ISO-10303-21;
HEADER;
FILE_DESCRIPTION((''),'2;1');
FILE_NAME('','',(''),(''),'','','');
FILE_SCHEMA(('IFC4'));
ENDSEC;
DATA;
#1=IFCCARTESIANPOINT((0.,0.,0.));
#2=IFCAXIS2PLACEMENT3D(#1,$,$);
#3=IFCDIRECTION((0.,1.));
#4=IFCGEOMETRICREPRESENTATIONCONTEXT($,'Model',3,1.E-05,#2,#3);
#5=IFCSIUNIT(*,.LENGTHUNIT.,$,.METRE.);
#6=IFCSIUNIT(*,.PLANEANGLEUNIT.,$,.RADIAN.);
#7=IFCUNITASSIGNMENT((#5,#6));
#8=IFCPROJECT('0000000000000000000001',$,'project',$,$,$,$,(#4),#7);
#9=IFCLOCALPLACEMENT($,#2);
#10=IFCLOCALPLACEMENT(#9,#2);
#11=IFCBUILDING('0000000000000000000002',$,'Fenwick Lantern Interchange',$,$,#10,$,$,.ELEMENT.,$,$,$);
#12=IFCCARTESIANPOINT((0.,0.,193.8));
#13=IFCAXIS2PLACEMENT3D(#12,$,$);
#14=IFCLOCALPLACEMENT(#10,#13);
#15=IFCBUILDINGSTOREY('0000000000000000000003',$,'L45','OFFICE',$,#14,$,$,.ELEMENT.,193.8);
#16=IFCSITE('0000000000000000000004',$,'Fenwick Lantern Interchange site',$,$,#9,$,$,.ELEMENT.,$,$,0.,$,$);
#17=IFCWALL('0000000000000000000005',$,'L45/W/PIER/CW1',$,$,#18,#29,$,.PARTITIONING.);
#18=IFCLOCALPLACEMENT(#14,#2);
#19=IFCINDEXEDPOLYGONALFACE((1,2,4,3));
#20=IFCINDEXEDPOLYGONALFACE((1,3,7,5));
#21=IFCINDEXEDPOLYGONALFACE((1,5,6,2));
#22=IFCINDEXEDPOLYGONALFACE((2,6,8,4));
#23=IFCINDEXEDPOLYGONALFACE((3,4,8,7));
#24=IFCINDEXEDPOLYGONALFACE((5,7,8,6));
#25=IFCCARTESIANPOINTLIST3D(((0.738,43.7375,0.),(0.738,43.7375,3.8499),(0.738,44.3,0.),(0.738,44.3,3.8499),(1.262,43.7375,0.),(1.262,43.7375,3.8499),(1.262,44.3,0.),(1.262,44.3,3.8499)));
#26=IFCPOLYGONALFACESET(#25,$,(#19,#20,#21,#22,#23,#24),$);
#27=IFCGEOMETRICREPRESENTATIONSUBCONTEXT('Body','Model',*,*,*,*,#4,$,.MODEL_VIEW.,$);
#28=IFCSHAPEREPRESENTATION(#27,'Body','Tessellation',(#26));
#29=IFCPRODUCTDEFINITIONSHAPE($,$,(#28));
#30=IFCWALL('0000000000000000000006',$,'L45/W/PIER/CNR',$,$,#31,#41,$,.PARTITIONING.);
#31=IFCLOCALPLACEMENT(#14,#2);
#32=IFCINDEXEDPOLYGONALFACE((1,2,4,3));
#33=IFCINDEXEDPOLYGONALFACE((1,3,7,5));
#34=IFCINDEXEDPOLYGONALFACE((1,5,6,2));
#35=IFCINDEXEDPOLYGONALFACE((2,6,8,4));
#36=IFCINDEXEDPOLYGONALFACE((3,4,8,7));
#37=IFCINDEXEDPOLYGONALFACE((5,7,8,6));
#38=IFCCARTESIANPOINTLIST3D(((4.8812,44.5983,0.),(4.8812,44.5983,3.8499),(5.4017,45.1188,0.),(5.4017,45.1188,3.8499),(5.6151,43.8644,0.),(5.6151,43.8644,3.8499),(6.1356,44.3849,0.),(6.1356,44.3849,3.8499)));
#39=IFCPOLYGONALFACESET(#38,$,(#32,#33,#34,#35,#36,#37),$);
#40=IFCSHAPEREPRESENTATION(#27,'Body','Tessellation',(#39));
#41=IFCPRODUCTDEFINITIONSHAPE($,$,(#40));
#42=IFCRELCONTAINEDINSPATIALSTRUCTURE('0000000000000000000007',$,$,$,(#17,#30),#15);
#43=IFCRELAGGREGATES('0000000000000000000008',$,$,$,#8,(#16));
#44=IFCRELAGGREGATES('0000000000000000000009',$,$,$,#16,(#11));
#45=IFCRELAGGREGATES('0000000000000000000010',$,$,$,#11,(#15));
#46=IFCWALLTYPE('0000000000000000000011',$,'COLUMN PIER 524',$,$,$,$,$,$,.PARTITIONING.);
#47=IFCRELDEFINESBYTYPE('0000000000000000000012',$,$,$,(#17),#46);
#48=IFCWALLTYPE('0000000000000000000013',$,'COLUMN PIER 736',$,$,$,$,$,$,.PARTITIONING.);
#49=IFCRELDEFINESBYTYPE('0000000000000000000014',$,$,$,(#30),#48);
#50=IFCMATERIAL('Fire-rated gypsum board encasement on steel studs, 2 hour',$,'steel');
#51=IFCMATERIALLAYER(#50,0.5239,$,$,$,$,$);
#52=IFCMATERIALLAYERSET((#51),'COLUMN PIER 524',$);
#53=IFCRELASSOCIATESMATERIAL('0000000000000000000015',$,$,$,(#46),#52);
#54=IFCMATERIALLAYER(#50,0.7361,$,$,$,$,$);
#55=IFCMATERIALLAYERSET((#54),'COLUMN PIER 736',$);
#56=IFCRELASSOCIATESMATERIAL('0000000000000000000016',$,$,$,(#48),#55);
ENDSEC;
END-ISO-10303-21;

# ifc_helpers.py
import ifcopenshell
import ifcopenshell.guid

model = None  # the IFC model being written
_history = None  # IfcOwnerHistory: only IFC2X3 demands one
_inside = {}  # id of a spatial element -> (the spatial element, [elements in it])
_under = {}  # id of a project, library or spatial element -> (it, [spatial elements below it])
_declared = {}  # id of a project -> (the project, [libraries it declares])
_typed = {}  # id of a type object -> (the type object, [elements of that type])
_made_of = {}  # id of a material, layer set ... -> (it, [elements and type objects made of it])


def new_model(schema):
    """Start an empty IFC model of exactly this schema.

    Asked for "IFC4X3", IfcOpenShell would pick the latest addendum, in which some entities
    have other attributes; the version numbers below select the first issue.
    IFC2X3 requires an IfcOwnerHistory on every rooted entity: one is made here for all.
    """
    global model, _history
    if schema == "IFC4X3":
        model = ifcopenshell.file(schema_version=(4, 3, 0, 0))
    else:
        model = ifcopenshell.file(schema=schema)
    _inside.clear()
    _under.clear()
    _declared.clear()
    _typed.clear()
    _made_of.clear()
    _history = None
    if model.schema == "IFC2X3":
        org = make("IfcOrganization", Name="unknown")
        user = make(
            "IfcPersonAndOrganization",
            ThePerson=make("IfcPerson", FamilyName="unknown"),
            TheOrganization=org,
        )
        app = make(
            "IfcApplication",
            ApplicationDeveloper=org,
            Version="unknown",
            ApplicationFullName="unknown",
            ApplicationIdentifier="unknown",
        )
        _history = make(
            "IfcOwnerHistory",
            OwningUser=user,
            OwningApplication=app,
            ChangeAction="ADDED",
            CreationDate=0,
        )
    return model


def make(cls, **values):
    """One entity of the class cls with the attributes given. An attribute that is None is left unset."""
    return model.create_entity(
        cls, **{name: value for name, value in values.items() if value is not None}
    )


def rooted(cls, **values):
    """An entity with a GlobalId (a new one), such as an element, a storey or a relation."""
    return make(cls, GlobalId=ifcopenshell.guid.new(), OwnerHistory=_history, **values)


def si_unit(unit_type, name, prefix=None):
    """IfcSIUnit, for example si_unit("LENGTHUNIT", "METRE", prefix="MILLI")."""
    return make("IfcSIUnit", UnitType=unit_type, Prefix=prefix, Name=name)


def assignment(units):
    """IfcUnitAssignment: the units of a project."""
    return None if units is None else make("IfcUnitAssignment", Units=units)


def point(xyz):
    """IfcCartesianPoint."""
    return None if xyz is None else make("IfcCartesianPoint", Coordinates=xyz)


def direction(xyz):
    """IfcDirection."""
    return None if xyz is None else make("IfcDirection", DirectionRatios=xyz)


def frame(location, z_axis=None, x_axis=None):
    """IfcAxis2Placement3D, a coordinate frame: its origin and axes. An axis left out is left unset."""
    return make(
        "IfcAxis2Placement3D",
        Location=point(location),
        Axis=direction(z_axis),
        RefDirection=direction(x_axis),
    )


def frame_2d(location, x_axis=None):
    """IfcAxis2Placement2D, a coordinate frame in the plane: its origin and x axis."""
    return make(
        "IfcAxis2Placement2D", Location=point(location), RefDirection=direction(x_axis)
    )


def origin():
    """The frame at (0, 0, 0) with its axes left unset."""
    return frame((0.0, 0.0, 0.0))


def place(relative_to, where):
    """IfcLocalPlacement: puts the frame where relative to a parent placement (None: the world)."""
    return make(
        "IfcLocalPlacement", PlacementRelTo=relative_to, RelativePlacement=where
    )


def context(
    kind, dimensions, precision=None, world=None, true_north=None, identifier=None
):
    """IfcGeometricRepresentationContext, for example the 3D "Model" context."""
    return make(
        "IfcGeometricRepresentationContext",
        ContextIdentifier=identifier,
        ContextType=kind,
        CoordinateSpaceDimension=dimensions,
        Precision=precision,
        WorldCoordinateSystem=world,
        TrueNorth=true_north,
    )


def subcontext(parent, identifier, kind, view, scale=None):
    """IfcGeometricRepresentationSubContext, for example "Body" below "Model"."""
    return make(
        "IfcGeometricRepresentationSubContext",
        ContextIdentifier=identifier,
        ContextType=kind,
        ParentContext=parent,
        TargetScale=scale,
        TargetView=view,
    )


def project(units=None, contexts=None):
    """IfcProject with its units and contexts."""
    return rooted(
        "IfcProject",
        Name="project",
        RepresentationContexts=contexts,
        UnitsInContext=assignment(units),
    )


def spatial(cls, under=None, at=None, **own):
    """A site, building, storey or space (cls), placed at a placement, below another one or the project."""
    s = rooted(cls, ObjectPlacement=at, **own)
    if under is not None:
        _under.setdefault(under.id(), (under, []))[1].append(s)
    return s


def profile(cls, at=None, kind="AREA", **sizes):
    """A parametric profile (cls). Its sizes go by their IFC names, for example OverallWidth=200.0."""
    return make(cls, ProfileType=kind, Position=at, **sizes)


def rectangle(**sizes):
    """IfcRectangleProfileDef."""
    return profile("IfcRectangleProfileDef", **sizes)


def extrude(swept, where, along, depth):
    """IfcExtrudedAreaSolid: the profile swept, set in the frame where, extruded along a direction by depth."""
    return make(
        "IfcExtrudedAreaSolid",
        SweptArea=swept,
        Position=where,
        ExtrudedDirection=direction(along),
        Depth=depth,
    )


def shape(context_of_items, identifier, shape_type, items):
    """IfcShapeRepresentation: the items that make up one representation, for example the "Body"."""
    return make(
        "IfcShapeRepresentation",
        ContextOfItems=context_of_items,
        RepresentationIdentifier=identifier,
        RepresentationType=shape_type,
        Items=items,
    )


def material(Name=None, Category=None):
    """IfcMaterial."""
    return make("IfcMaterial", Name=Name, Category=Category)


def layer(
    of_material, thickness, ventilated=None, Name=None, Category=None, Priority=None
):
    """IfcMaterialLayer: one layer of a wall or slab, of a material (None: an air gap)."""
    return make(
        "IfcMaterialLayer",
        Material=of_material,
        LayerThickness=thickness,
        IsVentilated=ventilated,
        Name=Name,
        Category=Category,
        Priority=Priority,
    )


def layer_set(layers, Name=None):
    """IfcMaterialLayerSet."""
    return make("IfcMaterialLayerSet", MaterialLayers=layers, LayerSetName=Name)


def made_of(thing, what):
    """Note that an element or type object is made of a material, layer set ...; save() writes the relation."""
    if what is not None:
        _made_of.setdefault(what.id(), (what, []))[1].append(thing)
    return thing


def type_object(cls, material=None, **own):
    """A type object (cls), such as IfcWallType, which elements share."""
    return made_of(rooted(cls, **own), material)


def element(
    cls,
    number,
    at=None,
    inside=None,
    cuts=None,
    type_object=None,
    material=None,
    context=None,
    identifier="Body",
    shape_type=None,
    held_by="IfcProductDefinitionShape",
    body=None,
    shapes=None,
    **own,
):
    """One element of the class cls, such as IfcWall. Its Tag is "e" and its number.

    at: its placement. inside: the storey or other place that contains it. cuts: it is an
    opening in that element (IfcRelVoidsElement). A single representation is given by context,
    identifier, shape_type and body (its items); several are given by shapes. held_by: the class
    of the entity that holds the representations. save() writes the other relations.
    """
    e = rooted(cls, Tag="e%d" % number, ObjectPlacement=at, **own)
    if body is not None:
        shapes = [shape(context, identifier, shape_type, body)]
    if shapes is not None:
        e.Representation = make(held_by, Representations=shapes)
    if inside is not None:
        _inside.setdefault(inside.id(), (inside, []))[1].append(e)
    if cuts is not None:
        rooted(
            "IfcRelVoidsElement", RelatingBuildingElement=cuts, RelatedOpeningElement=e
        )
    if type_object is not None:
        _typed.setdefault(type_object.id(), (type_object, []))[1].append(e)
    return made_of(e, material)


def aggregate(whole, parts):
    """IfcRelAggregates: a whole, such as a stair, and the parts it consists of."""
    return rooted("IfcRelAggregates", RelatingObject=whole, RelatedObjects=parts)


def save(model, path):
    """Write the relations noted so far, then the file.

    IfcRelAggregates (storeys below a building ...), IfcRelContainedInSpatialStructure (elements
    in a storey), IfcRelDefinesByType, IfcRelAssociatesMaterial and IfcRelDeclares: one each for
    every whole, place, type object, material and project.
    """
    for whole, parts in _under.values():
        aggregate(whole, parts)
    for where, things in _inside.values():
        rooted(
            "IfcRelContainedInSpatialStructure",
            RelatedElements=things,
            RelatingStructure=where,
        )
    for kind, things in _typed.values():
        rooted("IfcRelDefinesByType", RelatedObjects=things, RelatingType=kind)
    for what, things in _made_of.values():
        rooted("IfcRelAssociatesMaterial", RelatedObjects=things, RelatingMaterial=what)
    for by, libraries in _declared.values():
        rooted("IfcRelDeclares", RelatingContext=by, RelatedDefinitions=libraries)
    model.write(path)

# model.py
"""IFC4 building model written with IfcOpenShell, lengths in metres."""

from ifc_helpers import new_model, si_unit, direction, frame, frame_2d, origin, place, context, subcontext, project, spatial, rectangle, extrude, material, layer, layer_set, type_object, element, save


model = new_model("IFC4")

# Units and contexts
model_context = context("Model", 3, precision=1e-05, world=origin(), true_north=direction((0.0, 1.0)))
body_context = subcontext(model_context, "Body", "Model", "MODEL_VIEW")
ifc_project = project(units=[si_unit("LENGTHUNIT", "METRE"), si_unit("PLANEANGLEUNIT", "RADIAN")], contexts=[model_context])

# Site, building, storey
site_placement = place(None, origin())
site = spatial("IfcSite", under=ifc_project, at=site_placement, Name="Fenwick Lantern Interchange site", CompositionType="ELEMENT", RefElevation=0.0)
building_placement = place(site_placement, origin())
building = spatial("IfcBuilding", under=site, at=building_placement, Name="Fenwick Lantern Interchange", CompositionType="ELEMENT")
storey_placement = place(building_placement, frame((0.0, 0.0, 193.8)))
storey = spatial("IfcBuildingStorey", under=building, at=storey_placement, Name="L45", Description="OFFICE", CompositionType="ELEMENT", Elevation=193.8)

# Walls
ifc_material_1 = material(Name="Fire-rated gypsum board encasement on steel studs, 2 hour", Category="steel")
ifc_layer_1 = layer(ifc_material_1, 0.5239)
ifc_layer_set_1 = layer_set([ifc_layer_1], Name="COLUMN PIER 524")
wall_type_1 = type_object("IfcWallType", Name="COLUMN PIER 524", PredefinedType="PARTITIONING", material=ifc_layer_set_1)
wall_1_placement = place(storey_placement, frame((1.0, 44.3, 0.0), z_axis=(0.0, 0.0, 1.0), x_axis=(0.0, -1.0, 0.0)))
element("IfcWall", 1, at=wall_1_placement, inside=storey, type_object=wall_type_1, Name="L45/W/PIER/CW1", PredefinedType="PARTITIONING", context=body_context, shape_type="SweptSolid", body=[
    extrude(rectangle(XDim=0.5625, YDim=0.5239, at=frame_2d((0.2812, 0.0))), origin(), (0.0, 0.0, 1.0), 3.8499),
])
ifc_layer_2 = layer(ifc_material_1, 0.7361)
ifc_layer_set_2 = layer_set([ifc_layer_2], Name="COLUMN PIER 736")
wall_type_2 = type_object("IfcWallType", Name="COLUMN PIER 736", PredefinedType="PARTITIONING", material=ifc_layer_set_2)
wall_2_placement = place(storey_placement, frame((5.1414, 44.8586, 0.0), z_axis=(0.0, 0.0, 1.0), x_axis=(0.707107, -0.707107, 0.0)))
element("IfcWall", 2, at=wall_2_placement, inside=storey, type_object=wall_type_2, Name="L45/W/PIER/CNR", PredefinedType="PARTITIONING", context=body_context, shape_type="SweptSolid", body=[
    extrude(rectangle(XDim=1.0378, YDim=0.7361, at=frame_2d((0.519, 0.0))), origin(), (0.0, 0.0, 1.0), 3.8499),
])

save(model, "model.ifc")
